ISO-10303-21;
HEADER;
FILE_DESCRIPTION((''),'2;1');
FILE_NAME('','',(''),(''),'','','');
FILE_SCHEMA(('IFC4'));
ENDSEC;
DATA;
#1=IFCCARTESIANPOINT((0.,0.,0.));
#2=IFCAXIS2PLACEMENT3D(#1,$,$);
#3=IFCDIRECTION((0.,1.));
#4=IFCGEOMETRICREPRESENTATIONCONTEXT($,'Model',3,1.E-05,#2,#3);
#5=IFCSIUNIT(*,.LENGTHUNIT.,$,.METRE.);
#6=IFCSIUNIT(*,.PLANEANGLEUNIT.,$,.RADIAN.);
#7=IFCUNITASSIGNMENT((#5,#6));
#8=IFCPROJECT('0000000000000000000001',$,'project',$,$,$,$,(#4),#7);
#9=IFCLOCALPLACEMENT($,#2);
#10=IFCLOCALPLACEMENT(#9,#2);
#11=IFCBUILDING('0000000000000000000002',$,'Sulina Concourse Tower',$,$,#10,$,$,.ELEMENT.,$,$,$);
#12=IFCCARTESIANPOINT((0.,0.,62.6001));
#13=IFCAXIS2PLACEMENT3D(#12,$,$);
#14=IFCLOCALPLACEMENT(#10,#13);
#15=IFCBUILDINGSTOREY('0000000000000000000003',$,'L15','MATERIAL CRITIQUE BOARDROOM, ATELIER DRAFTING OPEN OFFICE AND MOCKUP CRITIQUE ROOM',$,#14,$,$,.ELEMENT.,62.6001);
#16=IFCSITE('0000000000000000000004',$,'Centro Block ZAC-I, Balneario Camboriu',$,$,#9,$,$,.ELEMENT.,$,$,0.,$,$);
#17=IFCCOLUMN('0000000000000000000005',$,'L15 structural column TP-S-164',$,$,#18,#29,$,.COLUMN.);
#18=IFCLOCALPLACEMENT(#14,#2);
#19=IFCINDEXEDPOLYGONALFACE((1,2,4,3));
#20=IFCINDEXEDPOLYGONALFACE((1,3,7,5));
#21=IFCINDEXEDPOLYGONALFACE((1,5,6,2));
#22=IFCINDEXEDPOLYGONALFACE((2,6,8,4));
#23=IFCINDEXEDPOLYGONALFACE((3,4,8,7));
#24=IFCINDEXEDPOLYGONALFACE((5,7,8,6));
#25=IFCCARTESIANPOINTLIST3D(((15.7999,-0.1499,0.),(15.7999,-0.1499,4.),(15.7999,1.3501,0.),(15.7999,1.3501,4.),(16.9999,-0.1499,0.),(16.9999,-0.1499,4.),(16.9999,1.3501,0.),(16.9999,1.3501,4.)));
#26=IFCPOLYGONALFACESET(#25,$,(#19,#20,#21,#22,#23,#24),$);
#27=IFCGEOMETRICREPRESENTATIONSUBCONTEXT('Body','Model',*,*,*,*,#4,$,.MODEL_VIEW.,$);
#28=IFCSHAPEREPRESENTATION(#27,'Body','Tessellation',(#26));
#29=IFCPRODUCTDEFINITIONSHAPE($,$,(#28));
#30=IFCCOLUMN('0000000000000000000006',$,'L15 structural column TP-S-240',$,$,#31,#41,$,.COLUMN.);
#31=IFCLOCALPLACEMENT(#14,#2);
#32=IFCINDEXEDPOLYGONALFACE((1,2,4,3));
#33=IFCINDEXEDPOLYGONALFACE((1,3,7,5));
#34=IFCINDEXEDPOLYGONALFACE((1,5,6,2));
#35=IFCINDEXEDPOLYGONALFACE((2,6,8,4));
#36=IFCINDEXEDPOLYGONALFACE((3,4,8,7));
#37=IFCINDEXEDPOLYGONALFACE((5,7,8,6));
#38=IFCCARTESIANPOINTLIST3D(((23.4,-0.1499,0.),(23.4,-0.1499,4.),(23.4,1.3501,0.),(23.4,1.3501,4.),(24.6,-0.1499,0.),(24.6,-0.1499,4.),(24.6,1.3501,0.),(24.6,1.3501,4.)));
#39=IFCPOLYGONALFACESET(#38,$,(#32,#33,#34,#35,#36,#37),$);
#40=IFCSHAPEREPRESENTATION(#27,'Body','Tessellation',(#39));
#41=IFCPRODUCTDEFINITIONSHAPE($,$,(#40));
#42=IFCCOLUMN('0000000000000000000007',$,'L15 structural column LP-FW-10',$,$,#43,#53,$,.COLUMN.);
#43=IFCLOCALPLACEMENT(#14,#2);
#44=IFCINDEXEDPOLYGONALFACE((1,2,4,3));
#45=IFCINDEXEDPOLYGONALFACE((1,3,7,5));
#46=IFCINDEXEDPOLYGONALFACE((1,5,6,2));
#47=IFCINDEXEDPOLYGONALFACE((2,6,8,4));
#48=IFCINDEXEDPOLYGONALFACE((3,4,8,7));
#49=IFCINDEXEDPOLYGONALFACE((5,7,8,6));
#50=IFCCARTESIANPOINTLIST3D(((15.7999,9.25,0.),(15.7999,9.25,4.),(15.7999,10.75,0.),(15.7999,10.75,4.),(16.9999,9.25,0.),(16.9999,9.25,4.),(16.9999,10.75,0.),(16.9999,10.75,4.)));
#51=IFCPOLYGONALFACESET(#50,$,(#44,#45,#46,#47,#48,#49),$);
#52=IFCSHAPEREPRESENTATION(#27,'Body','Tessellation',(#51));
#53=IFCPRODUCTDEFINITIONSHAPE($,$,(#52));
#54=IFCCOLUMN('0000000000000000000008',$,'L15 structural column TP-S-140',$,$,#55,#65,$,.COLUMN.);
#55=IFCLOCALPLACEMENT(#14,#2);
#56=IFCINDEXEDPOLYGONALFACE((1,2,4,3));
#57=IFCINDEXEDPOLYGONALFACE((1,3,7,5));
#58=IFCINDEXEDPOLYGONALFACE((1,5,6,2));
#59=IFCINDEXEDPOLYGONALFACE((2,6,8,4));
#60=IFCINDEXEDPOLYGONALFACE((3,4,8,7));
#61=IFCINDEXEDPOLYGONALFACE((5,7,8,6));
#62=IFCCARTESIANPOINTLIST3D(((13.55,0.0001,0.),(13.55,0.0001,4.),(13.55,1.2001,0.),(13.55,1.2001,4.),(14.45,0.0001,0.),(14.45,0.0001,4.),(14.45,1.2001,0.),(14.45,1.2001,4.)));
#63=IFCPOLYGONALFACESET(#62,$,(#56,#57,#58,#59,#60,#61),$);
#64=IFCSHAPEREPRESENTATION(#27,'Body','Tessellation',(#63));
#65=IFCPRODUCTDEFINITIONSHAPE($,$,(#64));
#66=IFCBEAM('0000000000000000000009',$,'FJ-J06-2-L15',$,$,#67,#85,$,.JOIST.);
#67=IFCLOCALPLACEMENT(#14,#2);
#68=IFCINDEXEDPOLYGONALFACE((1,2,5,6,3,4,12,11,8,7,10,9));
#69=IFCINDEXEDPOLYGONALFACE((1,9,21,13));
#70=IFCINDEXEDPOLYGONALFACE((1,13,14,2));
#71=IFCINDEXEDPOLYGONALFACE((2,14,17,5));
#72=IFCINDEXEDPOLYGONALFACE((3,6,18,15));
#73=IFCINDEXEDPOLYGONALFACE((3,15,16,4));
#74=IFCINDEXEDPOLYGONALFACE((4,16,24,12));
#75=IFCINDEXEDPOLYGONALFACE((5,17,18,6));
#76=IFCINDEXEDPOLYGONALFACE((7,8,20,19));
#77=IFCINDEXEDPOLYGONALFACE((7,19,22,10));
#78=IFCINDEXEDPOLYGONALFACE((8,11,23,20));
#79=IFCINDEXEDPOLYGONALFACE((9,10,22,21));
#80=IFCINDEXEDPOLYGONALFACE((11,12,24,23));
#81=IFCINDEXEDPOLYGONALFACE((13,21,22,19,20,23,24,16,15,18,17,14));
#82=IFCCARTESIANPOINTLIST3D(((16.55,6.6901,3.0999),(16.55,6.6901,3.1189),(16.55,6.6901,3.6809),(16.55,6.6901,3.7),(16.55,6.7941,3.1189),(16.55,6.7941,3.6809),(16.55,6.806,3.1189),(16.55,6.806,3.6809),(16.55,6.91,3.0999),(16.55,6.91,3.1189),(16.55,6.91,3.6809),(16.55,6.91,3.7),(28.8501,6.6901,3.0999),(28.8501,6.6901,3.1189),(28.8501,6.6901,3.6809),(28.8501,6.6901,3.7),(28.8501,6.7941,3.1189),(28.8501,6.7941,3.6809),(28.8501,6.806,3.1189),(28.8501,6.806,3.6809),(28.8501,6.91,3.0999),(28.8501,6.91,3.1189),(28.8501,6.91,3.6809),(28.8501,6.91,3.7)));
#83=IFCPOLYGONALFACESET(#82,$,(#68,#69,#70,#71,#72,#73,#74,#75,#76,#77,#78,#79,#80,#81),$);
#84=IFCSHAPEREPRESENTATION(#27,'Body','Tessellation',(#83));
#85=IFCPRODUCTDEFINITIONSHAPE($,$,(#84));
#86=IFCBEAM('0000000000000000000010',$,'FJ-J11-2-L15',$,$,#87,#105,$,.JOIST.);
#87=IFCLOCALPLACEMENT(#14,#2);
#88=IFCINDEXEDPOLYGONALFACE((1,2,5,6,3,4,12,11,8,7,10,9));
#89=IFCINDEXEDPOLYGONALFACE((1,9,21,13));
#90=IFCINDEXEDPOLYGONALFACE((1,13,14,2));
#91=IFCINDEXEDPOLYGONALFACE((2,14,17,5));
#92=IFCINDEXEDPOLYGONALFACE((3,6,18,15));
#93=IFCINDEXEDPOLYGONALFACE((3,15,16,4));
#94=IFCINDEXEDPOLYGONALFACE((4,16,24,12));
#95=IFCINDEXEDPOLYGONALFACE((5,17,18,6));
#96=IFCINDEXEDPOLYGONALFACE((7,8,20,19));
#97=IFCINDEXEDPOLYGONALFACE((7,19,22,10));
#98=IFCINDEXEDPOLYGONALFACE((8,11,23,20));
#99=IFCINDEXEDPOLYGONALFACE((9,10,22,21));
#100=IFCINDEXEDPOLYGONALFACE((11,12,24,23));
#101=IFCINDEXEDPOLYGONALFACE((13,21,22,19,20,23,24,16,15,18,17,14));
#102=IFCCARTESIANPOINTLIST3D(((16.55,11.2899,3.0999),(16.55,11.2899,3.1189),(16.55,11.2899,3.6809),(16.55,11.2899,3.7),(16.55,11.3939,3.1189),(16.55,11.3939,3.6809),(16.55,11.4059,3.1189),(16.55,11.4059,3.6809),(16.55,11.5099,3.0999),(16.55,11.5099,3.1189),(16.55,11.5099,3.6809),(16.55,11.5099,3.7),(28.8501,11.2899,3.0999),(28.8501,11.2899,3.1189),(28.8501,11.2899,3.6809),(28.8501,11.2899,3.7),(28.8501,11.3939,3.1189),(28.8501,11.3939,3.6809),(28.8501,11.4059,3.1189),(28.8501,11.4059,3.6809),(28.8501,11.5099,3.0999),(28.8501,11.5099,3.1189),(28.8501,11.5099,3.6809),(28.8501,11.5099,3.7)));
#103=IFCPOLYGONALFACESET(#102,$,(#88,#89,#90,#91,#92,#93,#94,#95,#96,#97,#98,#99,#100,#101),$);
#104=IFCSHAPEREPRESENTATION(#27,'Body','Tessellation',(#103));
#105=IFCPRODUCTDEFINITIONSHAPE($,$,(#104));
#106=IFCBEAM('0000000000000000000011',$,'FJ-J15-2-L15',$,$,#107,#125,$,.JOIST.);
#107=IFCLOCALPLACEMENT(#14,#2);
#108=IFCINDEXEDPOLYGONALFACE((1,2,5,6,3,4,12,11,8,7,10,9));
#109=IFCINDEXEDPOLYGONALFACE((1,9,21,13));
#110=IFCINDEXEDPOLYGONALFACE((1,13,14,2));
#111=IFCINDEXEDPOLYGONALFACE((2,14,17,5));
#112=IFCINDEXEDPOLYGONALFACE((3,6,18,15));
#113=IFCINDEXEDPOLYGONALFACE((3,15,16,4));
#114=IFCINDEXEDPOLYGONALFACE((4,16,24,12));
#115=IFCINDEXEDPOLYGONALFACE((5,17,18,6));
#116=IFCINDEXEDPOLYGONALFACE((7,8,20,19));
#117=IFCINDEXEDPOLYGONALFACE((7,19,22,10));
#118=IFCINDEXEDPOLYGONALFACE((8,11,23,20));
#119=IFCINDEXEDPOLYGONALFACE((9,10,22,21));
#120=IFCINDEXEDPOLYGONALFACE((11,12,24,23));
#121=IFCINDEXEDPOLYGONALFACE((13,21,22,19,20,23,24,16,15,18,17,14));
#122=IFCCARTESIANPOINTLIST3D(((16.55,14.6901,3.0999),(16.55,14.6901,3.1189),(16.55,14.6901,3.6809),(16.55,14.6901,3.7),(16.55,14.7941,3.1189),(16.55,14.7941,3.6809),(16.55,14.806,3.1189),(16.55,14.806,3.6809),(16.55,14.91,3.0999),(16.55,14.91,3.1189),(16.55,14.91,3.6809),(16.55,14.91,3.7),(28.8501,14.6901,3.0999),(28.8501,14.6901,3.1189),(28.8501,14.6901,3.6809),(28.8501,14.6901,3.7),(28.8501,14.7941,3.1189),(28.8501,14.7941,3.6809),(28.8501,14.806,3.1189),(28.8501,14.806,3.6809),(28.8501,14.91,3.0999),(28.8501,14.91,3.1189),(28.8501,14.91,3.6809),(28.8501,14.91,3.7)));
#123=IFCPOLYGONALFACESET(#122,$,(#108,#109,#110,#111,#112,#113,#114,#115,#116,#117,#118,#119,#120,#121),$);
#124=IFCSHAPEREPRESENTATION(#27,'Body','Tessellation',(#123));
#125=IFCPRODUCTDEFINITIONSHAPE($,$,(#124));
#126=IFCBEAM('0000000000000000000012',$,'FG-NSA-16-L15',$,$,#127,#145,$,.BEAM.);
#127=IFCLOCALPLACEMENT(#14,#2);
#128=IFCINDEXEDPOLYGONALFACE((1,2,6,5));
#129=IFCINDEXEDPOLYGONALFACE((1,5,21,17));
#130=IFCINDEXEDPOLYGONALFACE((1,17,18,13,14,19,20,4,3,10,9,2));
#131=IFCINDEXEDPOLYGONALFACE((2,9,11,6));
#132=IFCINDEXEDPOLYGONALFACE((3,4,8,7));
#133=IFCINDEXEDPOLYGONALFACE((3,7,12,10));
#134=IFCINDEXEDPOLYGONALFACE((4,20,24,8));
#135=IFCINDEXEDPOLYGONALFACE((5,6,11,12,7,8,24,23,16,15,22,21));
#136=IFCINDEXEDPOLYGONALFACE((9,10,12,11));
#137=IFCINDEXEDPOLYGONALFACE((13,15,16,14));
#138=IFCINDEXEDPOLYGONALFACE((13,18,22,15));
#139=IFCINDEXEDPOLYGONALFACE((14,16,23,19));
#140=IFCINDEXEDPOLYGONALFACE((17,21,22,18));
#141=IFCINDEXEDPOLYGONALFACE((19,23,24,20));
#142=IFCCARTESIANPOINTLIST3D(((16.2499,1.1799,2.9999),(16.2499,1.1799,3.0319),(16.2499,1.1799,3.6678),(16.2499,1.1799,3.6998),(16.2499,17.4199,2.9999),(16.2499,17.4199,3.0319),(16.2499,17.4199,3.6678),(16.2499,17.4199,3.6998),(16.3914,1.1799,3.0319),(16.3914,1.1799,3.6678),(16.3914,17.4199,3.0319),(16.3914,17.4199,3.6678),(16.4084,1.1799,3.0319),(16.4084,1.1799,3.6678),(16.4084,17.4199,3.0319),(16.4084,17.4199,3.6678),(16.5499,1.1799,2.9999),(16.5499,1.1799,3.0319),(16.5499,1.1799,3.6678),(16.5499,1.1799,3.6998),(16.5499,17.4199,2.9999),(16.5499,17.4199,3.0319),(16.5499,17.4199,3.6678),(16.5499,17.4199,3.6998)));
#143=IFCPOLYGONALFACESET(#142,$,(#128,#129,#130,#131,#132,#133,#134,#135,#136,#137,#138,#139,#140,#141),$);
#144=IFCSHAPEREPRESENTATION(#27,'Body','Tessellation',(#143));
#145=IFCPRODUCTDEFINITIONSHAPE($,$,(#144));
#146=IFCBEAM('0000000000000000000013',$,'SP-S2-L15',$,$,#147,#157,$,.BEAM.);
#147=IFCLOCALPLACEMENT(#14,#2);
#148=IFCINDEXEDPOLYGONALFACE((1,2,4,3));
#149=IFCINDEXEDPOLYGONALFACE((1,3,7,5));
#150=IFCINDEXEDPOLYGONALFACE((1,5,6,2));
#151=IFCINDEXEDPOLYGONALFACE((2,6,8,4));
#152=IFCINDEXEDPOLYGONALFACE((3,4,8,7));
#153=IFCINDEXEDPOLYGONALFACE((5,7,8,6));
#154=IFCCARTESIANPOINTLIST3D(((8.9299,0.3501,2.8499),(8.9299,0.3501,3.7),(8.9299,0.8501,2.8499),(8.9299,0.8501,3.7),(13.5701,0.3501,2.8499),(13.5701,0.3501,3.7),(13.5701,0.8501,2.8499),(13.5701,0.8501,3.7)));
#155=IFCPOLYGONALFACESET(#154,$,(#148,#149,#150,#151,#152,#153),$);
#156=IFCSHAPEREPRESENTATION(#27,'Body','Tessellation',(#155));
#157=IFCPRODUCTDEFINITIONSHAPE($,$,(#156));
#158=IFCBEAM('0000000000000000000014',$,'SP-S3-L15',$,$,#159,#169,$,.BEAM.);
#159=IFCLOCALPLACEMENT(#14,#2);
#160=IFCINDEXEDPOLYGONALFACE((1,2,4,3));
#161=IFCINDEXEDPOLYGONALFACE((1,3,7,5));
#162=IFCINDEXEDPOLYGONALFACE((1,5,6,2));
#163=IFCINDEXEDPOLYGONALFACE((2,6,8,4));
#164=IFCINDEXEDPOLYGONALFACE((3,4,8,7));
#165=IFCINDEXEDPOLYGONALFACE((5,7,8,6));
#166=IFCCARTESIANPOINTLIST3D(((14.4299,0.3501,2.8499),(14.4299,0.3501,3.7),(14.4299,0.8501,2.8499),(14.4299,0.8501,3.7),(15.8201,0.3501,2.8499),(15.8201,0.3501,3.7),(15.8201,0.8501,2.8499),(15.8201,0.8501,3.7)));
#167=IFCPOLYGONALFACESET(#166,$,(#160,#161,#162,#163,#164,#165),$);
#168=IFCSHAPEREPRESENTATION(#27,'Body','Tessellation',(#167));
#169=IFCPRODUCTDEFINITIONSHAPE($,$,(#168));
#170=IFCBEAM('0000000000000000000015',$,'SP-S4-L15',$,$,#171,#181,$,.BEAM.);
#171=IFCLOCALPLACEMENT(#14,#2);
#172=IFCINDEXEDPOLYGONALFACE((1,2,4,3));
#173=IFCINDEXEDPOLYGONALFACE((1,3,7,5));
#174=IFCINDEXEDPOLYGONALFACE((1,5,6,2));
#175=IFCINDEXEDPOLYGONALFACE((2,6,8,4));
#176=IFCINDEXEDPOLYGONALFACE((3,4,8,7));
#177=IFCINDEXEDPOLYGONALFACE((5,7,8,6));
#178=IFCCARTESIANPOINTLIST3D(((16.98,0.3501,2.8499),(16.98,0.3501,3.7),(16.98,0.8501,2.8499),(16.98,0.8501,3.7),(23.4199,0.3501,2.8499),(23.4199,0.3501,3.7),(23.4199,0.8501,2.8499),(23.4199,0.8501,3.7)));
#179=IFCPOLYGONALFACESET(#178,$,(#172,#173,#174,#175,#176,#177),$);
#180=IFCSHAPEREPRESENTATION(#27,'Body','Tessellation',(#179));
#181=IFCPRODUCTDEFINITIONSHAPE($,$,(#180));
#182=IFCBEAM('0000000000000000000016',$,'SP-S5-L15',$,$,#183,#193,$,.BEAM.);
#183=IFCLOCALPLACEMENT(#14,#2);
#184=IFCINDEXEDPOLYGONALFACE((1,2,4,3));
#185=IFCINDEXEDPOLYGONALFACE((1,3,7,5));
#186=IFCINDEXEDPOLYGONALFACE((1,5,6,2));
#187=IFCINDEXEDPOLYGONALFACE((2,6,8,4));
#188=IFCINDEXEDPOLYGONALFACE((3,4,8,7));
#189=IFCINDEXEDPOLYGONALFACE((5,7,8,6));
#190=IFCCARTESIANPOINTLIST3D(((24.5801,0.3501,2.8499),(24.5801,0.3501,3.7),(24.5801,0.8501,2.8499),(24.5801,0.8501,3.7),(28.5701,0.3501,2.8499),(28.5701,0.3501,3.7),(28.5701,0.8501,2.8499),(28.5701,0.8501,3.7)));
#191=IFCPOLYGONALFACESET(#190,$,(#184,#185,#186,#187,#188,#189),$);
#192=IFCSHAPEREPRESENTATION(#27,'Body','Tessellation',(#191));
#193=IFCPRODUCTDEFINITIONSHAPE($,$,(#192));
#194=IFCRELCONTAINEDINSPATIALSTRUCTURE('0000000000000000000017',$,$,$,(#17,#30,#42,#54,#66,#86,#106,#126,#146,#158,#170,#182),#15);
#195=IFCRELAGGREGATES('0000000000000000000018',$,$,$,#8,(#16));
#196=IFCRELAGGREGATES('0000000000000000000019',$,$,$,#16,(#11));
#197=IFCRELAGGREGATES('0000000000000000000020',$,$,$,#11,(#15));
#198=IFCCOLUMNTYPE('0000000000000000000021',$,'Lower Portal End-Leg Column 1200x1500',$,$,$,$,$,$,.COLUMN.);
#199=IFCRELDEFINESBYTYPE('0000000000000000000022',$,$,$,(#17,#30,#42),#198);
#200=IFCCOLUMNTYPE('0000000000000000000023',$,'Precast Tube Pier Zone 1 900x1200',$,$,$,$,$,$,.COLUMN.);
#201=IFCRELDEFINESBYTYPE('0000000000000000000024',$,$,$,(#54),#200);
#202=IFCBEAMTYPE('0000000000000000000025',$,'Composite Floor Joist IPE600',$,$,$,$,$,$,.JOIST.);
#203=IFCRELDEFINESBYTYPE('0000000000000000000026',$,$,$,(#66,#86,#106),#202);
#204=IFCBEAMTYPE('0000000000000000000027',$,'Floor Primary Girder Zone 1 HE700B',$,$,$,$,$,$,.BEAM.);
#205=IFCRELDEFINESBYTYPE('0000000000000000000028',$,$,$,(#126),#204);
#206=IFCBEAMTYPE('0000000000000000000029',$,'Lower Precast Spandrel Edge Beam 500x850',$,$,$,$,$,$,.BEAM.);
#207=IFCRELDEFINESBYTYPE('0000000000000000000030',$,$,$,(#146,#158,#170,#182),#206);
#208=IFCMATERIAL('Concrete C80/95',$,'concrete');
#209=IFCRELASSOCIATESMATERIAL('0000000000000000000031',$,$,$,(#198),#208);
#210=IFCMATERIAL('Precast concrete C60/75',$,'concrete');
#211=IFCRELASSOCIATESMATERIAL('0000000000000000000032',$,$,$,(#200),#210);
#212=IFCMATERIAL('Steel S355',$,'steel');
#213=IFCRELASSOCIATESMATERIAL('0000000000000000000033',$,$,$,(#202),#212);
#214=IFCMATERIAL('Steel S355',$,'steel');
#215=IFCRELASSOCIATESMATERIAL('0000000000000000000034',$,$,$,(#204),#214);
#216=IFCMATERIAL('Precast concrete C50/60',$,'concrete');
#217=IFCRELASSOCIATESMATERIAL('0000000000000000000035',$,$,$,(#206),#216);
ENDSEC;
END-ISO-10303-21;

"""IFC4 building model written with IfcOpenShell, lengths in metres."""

from ifc_helpers import new_model, si_unit, direction, frame, origin, origin_2d, place, context, subcontext, project, spatial, rectangle, i_section, extrude, material, material_profile, profile_set, type_object, element, save


model = new_model("IFC4")

# Units and contexts
model_context = context("Model", 3, precision=1e-05, world=origin(), true_north=direction((0.0, 1.0)))
body_context = subcontext(model_context, "Body", "Model", "MODEL_VIEW")
ifc_project = project(units=[si_unit("LENGTHUNIT", "METRE"), si_unit("PLANEANGLEUNIT", "RADIAN")], contexts=[model_context])

# Site, building, storey
site_placement = place(None, origin())
site = spatial("IfcSite", under=ifc_project, at=site_placement, Name="Centro Block ZAC-I, Balneario Camboriu", CompositionType="ELEMENT", RefElevation=0.0)
building_placement = place(site_placement, origin())
building = spatial("IfcBuilding", under=site, at=building_placement, Name="Sulina Concourse Tower", CompositionType="ELEMENT")
storey_placement = place(building_placement, frame((0.0, 0.0, 62.6001)))
storey = spatial("IfcBuildingStorey", under=building, at=storey_placement, Name="L15", Description="MATERIAL CRITIQUE BOARDROOM, ATELIER DRAFTING OPEN OFFICE AND MOCKUP CRITIQUE ROOM", CompositionType="ELEMENT", Elevation=62.6001)

# Columns
ifc_material_1 = material(Name="Concrete C80/95", Category="concrete")
ifc_material_profile_1 = material_profile(ifc_material_1, rectangle(XDim=1.2, YDim=1.5, at=origin_2d()), Name="RC 1200x1500")
ifc_profile_set_1 = profile_set([ifc_material_profile_1], Name="Concrete C80/95")
column_type_1 = type_object("IfcColumnType", Name="Lower Portal End-Leg Column 1200x1500", PredefinedType="COLUMN", material=ifc_profile_set_1)
for number, where, z_axis, x_axis, name in (
    (1, (16.3999, 0.6001, 0.0), (0.0, 0.0, 1.0), (1.0, 0.0, 0.0), "L15 structural column TP-S-164"),
    (2, (24.0, 0.6001, 0.0), (0.0, 0.0, 1.0), (1.0, 0.0, 0.0), "L15 structural column TP-S-240"),
    (3, (16.3999, 10.0, 0.0), (0.0, 0.0, 1.0), (1.0, 0.0, 0.0), "L15 structural column LP-FW-10"),
):
    element("IfcColumn", number, at=place(storey_placement, frame(where, z_axis=z_axis, x_axis=x_axis)), inside=storey, type_object=column_type_1, Name=name, PredefinedType="COLUMN", context=body_context, shape_type="SweptSolid", body=[
        extrude(rectangle(XDim=1.2, YDim=1.5, at=origin_2d()), origin(), (0.0, 0.0, 1.0), 4.0),
    ])
ifc_material_2 = material(Name="Precast concrete C60/75", Category="concrete")
ifc_material_profile_2 = material_profile(ifc_material_2, rectangle(XDim=0.8999, YDim=1.2, at=origin_2d()), Name="PC 900x1200")
ifc_profile_set_2 = profile_set([ifc_material_profile_2], Name="Precast concrete C60/75")
column_type_2 = type_object("IfcColumnType", Name="Precast Tube Pier Zone 1 900x1200", PredefinedType="COLUMN", material=ifc_profile_set_2)
column_placement = place(storey_placement, frame((14.0, 0.6001, 0.0), z_axis=(0.0, 0.0, 1.0), x_axis=(1.0, 0.0, 0.0)))
element("IfcColumn", 4, at=column_placement, inside=storey, type_object=column_type_2, Name="L15 structural column TP-S-140", PredefinedType="COLUMN", context=body_context, shape_type="SweptSolid", body=[
    extrude(rectangle(XDim=0.8999, YDim=1.2, at=origin_2d()), origin(), (0.0, 0.0, 1.0), 4.0),
])

# Beams
ifc_material_3 = material(Name="Steel S355", Category="steel")
ifc_material_profile_3 = material_profile(ifc_material_3, i_section(OverallWidth=0.22, OverallDepth=0.6001, WebThickness=0.012, FlangeThickness=0.019, at=origin_2d()), Name="IPE 600")
ifc_profile_set_3 = profile_set([ifc_material_profile_3], Name="Steel S355")
beam_type_1 = type_object("IfcBeamType", Name="Composite Floor Joist IPE600", PredefinedType="JOIST", material=ifc_profile_set_3)
for number, where, z_axis, x_axis, name in (
    (5, (16.55, 6.8, 3.3999), (1.0, 0.0, 0.0), (0.0, 1.0, 0.0), "FJ-J06-2-L15"),
    (6, (16.55, 11.3999, 3.3999), (1.0, 0.0, 0.0), (0.0, 1.0, 0.0), "FJ-J11-2-L15"),
    (7, (16.55, 14.8, 3.3999), (1.0, 0.0, 0.0), (0.0, 1.0, 0.0), "FJ-J15-2-L15"),
):
    element("IfcBeam", number, at=place(storey_placement, frame(where, z_axis=z_axis, x_axis=x_axis)), inside=storey, type_object=beam_type_1, Name=name, PredefinedType="JOIST", context=body_context, shape_type="SweptSolid", body=[
        extrude(i_section(OverallWidth=0.22, OverallDepth=0.6001, WebThickness=0.012, FlangeThickness=0.019, at=origin_2d()), origin(), (0.0, 0.0, 1.0), 12.3),
    ])
ifc_material_4 = material(Name="Steel S355", Category="steel")
ifc_material_profile_4 = material_profile(ifc_material_4, i_section(OverallWidth=0.3, OverallDepth=0.7, WebThickness=0.0171, FlangeThickness=0.032, at=origin_2d()), Name="HE 700 B")
ifc_profile_set_4 = profile_set([ifc_material_profile_4], Name="Steel S355")
beam_type_2 = type_object("IfcBeamType", Name="Floor Primary Girder Zone 1 HE700B", PredefinedType="BEAM", material=ifc_profile_set_4)
beam_1_placement = place(storey_placement, frame((16.3999, 1.1799, 3.3499), z_axis=(0.0, 1.0, 0.0), x_axis=(-1.0, 0.0, 0.0)))
element("IfcBeam", 8, at=beam_1_placement, inside=storey, type_object=beam_type_2, Name="FG-NSA-16-L15", PredefinedType="BEAM", context=body_context, shape_type="SweptSolid", body=[
    extrude(i_section(OverallWidth=0.3, OverallDepth=0.7, WebThickness=0.0171, FlangeThickness=0.032, at=origin_2d()), origin(), (0.0, 0.0, 1.0), 16.24),
])
ifc_material_5 = material(Name="Precast concrete C50/60", Category="concrete")
ifc_material_profile_5 = material_profile(ifc_material_5, rectangle(XDim=0.5, YDim=0.8501, at=origin_2d()), Name="RC 500x850")
ifc_profile_set_5 = profile_set([ifc_material_profile_5], Name="Precast concrete C50/60")
beam_type_3 = type_object("IfcBeamType", Name="Lower Precast Spandrel Edge Beam 500x850", PredefinedType="BEAM", material=ifc_profile_set_5)
beam_2_placement = place(storey_placement, frame((8.9299, 0.6001, 3.2749), z_axis=(1.0, 0.0, 0.0), x_axis=(0.0, 1.0, 0.0)))
element("IfcBeam", 9, at=beam_2_placement, inside=storey, type_object=beam_type_3, Name="SP-S2-L15", PredefinedType="BEAM", context=body_context, shape_type="SweptSolid", body=[
    extrude(rectangle(XDim=0.5, YDim=0.8501, at=origin_2d()), origin(), (0.0, 0.0, 1.0), 4.6401),
])
beam_3_placement = place(storey_placement, frame((14.4299, 0.6001, 3.2749), z_axis=(1.0, 0.0, 0.0), x_axis=(0.0, 1.0, 0.0)))
element("IfcBeam", 10, at=beam_3_placement, inside=storey, type_object=beam_type_3, Name="SP-S3-L15", PredefinedType="BEAM", context=body_context, shape_type="SweptSolid", body=[
    extrude(rectangle(XDim=0.5, YDim=0.8501, at=origin_2d()), origin(), (0.0, 0.0, 1.0), 1.3901),
])
beam_4_placement = place(storey_placement, frame((16.98, 0.6001, 3.2749), z_axis=(1.0, 0.0, 0.0), x_axis=(0.0, 1.0, 0.0)))
element("IfcBeam", 11, at=beam_4_placement, inside=storey, type_object=beam_type_3, Name="SP-S4-L15", PredefinedType="BEAM", context=body_context, shape_type="SweptSolid", body=[
    extrude(rectangle(XDim=0.5, YDim=0.8501, at=origin_2d()), origin(), (0.0, 0.0, 1.0), 6.4399),
])
beam_5_placement = place(storey_placement, frame((24.5801, 0.6001, 3.2749), z_axis=(1.0, 0.0, 0.0), x_axis=(0.0, 1.0, 0.0)))
element("IfcBeam", 12, at=beam_5_placement, inside=storey, type_object=beam_type_3, Name="SP-S5-L15", PredefinedType="BEAM", context=body_context, shape_type="SweptSolid", body=[
    extrude(rectangle(XDim=0.5, YDim=0.8501, at=origin_2d()), origin(), (0.0, 0.0, 1.0), 3.99),
])

save(model, "model.ifc")
